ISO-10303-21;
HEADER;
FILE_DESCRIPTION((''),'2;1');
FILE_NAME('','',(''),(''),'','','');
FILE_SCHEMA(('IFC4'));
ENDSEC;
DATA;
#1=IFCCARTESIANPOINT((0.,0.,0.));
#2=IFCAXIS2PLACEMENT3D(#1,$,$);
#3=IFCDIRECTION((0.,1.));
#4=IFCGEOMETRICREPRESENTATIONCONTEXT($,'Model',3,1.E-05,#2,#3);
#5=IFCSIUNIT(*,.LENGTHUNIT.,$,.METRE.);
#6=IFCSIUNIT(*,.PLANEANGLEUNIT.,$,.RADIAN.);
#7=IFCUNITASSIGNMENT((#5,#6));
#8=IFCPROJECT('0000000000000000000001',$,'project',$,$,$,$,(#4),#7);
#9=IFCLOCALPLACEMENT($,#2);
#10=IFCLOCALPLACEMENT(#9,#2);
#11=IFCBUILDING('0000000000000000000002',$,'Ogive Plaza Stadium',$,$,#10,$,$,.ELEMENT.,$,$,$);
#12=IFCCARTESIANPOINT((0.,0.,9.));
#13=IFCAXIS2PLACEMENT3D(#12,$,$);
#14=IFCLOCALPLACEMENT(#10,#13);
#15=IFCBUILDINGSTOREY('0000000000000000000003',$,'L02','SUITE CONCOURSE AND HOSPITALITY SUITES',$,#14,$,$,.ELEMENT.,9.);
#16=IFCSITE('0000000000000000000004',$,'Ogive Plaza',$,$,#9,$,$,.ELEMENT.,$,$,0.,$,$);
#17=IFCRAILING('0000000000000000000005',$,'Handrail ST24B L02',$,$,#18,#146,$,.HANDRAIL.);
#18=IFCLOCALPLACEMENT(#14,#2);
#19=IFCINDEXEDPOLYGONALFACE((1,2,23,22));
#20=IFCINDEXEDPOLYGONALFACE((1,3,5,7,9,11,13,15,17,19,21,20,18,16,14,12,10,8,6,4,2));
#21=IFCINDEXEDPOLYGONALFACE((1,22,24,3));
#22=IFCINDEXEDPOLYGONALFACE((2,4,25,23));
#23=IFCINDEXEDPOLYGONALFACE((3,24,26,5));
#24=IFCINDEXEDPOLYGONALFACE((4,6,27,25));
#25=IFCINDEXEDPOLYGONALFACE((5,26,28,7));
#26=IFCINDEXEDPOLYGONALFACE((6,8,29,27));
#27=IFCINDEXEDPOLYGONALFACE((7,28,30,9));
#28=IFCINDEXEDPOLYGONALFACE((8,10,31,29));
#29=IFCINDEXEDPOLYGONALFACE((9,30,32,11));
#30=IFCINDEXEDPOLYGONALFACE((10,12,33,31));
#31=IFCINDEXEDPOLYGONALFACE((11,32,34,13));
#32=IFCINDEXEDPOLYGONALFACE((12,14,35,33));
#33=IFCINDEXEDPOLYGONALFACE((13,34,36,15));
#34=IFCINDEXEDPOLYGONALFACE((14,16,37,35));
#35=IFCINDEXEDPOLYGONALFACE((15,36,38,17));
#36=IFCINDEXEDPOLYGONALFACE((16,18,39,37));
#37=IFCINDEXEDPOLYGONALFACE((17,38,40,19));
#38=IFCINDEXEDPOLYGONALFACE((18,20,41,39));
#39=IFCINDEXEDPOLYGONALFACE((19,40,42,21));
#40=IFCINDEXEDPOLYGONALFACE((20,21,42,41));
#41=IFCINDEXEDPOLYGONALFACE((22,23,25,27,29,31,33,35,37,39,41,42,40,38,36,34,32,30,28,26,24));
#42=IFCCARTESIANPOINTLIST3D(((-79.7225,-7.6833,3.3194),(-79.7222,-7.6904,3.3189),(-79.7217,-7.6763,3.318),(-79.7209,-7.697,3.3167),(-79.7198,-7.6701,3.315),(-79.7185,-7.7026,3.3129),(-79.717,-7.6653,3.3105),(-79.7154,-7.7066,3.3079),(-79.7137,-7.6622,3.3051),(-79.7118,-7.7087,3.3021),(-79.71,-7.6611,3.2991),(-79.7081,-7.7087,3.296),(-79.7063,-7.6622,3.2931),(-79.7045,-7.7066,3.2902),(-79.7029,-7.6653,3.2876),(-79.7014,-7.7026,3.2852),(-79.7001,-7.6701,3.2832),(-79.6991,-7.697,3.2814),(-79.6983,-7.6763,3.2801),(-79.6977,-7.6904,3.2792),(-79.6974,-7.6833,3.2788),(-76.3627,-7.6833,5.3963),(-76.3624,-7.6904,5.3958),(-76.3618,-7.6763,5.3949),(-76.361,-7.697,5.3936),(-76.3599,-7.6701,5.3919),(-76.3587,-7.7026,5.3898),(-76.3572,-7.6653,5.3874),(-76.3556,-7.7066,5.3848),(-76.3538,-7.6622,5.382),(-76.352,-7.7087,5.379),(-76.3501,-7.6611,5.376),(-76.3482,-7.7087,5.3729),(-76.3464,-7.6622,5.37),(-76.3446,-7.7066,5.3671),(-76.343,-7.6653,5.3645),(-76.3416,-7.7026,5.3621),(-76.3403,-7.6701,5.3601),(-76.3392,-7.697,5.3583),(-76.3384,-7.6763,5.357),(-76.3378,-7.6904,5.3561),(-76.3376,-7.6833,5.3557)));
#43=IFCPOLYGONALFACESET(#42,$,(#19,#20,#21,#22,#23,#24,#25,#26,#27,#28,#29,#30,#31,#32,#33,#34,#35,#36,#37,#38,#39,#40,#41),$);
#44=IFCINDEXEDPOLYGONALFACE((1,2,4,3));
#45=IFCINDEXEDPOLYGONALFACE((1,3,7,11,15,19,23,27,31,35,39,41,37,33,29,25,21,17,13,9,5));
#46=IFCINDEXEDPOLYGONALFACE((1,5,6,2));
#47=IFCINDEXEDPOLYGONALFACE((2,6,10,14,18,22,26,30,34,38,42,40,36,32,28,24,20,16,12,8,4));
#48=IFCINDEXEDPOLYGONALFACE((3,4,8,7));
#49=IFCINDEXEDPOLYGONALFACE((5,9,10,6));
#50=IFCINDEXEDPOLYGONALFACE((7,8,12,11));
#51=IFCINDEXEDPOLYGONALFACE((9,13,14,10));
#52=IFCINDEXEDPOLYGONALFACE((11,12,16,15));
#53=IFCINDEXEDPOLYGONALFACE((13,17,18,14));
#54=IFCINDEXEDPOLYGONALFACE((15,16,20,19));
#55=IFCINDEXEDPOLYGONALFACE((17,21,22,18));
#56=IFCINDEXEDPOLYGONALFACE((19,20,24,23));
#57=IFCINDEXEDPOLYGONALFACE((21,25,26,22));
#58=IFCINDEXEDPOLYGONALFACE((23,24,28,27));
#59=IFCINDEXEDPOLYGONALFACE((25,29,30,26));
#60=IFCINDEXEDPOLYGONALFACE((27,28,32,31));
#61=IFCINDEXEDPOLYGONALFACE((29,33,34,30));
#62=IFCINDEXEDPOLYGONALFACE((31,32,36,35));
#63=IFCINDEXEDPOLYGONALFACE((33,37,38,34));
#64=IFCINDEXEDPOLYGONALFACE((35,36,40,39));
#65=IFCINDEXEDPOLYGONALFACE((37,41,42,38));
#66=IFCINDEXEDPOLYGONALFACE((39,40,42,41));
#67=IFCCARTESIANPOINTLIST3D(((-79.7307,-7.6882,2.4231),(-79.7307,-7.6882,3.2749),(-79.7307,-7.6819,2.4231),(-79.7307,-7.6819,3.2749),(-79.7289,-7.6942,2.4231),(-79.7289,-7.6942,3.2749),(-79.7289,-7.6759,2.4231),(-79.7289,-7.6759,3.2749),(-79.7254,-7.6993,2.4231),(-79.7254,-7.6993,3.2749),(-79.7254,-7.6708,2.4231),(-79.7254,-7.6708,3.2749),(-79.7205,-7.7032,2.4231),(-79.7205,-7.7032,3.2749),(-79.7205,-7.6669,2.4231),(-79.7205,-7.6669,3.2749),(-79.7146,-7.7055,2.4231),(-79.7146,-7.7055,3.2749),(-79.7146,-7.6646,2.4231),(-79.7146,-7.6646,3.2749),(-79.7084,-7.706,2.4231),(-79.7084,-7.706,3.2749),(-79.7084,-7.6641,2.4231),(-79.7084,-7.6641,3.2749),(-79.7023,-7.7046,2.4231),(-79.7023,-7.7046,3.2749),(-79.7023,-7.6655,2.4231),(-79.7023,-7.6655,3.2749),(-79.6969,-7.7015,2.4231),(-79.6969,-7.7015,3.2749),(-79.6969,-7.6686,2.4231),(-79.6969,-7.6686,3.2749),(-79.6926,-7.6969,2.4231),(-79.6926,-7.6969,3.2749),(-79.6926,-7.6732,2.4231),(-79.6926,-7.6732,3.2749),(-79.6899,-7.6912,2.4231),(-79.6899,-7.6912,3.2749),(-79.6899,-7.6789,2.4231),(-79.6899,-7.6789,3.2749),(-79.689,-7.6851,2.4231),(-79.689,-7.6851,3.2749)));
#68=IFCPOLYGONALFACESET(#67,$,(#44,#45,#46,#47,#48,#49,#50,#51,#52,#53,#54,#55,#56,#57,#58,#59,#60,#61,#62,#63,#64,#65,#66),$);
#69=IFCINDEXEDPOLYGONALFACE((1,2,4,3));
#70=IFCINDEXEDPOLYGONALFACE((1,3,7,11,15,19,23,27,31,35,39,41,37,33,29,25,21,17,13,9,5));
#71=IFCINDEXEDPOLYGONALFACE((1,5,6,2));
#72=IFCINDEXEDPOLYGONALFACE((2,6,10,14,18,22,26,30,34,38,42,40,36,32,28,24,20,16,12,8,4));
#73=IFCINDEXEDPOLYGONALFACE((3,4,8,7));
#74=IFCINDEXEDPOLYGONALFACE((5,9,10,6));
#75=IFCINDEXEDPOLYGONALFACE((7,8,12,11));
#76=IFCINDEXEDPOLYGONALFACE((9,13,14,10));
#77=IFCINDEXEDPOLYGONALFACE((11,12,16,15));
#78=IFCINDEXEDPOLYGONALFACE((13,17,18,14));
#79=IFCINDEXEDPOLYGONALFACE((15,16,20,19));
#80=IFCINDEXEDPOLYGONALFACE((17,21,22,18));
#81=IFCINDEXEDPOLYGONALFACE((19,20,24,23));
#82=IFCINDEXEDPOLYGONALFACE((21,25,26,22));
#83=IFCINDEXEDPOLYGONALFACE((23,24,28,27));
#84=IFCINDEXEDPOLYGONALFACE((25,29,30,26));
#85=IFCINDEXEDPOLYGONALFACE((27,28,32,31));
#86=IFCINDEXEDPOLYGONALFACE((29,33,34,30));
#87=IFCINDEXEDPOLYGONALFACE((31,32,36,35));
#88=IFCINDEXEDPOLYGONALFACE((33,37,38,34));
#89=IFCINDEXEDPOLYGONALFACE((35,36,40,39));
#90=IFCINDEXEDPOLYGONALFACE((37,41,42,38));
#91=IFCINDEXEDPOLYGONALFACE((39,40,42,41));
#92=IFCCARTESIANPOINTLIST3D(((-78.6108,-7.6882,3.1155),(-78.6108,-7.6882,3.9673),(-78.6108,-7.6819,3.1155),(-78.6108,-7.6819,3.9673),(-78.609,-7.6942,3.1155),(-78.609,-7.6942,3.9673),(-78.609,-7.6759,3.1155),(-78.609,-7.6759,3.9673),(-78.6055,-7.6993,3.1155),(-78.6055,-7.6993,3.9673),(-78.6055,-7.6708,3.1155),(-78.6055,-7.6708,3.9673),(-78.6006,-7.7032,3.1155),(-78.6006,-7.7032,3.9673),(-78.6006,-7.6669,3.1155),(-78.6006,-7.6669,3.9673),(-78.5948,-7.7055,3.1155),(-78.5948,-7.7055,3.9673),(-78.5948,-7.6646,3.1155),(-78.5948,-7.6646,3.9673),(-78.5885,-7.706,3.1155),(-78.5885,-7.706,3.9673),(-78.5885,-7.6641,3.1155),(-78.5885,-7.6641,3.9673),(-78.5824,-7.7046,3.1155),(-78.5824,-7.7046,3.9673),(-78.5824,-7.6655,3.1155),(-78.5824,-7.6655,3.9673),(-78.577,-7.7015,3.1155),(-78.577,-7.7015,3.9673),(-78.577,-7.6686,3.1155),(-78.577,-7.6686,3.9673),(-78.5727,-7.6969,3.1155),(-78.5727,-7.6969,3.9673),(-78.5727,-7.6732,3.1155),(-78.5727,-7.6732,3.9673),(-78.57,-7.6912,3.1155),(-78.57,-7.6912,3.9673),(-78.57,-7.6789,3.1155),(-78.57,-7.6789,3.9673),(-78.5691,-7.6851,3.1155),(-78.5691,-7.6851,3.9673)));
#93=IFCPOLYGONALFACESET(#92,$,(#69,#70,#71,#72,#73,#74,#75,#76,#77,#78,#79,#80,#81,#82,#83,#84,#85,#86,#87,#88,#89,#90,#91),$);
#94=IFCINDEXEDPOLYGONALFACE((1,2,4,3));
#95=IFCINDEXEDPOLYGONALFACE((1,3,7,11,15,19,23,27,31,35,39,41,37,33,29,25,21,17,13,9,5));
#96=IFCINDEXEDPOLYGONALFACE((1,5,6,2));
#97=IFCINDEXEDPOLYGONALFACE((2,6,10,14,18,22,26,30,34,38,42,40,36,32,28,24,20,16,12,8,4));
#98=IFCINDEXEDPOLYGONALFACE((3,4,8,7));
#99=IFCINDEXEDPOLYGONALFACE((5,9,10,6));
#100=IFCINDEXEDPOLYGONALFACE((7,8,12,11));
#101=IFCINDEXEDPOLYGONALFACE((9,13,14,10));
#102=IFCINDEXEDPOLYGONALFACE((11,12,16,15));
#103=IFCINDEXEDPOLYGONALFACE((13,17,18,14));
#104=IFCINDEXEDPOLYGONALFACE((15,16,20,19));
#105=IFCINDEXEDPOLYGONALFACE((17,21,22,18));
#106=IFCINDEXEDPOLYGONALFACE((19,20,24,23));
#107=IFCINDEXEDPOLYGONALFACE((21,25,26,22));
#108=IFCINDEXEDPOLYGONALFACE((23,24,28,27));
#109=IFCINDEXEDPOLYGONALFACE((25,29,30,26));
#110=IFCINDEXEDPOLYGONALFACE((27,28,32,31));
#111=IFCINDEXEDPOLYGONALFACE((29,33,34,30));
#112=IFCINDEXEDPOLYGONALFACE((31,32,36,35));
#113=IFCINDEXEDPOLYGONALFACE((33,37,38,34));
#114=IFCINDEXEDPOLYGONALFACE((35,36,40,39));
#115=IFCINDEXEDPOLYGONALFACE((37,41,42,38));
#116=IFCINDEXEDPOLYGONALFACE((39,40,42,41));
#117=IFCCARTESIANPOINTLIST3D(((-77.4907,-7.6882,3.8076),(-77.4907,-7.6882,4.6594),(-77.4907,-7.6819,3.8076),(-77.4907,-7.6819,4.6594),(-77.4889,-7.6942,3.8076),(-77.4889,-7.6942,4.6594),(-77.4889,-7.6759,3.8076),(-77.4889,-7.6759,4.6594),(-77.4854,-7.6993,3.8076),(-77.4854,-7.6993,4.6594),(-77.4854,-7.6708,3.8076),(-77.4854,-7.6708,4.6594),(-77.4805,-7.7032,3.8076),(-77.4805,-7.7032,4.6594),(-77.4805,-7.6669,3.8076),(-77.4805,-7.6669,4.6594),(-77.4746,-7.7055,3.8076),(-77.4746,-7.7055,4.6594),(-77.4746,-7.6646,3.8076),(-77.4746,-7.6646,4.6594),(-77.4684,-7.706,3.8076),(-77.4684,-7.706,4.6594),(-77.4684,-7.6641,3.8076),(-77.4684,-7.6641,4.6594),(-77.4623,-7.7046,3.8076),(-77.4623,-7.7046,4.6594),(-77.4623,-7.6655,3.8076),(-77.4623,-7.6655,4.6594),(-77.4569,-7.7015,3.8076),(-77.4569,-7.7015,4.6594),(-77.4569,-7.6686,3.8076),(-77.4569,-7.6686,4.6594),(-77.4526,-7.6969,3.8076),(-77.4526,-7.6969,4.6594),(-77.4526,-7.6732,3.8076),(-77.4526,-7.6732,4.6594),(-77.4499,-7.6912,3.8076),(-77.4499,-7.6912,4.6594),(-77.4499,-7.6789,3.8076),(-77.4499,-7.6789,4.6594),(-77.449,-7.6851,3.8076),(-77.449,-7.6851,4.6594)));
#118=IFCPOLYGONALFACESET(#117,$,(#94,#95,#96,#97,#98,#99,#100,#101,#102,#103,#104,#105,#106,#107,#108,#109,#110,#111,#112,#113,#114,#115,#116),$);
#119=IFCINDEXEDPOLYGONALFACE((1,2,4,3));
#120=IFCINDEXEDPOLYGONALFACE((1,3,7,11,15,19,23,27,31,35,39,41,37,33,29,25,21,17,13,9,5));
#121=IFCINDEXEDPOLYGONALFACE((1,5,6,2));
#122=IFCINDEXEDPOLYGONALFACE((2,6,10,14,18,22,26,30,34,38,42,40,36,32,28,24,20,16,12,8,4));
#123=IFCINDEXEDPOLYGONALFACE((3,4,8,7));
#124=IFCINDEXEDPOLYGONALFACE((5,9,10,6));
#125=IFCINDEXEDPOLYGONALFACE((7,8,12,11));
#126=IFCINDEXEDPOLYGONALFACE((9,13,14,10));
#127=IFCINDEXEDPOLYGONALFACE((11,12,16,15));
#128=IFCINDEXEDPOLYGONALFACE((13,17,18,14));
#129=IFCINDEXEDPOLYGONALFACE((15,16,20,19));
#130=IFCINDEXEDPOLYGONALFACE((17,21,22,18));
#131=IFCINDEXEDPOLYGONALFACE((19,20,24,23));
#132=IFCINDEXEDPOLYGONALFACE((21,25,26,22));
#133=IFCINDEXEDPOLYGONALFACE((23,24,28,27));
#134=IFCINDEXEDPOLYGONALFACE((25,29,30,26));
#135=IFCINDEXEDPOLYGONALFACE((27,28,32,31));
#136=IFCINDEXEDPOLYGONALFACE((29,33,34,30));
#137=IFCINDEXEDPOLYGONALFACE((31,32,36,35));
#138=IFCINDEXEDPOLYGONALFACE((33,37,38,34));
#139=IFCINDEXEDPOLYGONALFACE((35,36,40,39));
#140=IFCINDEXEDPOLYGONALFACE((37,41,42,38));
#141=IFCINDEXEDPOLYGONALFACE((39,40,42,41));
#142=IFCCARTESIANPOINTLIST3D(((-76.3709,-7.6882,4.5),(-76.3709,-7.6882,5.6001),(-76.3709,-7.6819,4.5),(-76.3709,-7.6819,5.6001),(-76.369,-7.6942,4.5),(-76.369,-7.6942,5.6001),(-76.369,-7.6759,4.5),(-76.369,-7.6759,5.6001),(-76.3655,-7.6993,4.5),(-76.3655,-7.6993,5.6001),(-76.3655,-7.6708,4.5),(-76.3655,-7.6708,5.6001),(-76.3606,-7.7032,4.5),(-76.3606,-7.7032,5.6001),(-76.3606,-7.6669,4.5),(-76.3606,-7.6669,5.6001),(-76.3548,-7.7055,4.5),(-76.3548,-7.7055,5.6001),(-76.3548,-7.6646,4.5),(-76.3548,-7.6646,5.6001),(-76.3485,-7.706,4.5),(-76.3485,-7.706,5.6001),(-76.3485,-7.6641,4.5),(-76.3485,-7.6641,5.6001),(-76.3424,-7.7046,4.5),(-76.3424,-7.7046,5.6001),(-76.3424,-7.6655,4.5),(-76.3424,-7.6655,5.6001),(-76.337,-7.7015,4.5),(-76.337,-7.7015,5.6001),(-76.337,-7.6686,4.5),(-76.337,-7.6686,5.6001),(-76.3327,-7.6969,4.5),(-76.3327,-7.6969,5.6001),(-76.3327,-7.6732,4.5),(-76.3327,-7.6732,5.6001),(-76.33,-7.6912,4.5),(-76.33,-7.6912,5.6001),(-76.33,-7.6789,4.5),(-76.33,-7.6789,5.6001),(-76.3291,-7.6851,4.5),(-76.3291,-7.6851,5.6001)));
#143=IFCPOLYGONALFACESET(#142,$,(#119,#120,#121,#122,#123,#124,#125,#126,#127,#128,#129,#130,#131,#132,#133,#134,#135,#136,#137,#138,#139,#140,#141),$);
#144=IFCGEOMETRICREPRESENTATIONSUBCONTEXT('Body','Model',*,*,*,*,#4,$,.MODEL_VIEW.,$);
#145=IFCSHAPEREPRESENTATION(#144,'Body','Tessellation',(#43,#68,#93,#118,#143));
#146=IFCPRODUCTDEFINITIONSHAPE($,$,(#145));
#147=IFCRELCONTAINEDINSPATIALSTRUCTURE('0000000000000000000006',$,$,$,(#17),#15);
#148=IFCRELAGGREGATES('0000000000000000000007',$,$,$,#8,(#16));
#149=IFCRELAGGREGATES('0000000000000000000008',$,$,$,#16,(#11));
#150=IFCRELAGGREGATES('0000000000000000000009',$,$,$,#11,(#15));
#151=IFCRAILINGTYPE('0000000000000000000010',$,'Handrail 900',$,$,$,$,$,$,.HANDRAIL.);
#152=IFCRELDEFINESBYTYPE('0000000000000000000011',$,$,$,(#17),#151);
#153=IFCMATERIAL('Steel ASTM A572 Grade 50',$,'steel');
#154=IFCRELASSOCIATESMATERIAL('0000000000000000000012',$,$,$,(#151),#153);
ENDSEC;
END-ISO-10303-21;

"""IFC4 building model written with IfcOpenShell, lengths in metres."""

from ifc_helpers import new_model, si_unit, direction, frame, origin, origin_2d, place, context, subcontext, project, spatial, circle, extrude, material, type_object, element, save


model = new_model("IFC4")

# Units and contexts
model_context = context("Model", 3, precision=1e-05, world=origin(), true_north=direction((0.0, 1.0)))
body_context = subcontext(model_context, "Body", "Model", "MODEL_VIEW")
ifc_project = project(units=[si_unit("LENGTHUNIT", "METRE"), si_unit("PLANEANGLEUNIT", "RADIAN")], contexts=[model_context])

# Site, building, storey
site_placement = place(None, origin())
site = spatial("IfcSite", under=ifc_project, at=site_placement, Name="Ogive Plaza", CompositionType="ELEMENT", RefElevation=0.0)
building_placement = place(site_placement, origin())
building = spatial("IfcBuilding", under=site, at=building_placement, Name="Ogive Plaza Stadium", CompositionType="ELEMENT")
storey_placement = place(building_placement, frame((0.0, 0.0, 9.0)))
storey = spatial("IfcBuildingStorey", under=building, at=storey_placement, Name="L02", Description="SUITE CONCOURSE AND HOSPITALITY SUITES", CompositionType="ELEMENT", Elevation=9.0)

# Railing
ifc_material_1 = material(Name="Steel ASTM A572 Grade 50", Category="steel")
railing_type_1 = type_object("IfcRailingType", Name="Handrail 900", PredefinedType="HANDRAIL", material=ifc_material_1)
for number, where, name in (
    (1, (-79.71, -7.6851, 2.4231), "Handrail ST24B L02"),
):
    element("IfcRailing", number, at=place(storey_placement, frame(where)), inside=storey, type_object=railing_type_1, Name=name, PredefinedType="HANDRAIL", context=body_context, shape_type="SweptSolid", body=[
        extrude(circle(Radius=0.0239, at=origin_2d()), frame((0.0, 0.0, 0.876), z_axis=(0.850606, 0.0, 0.525803), x_axis=(0.0, 1.0, 0.0)), (0.0, 0.0, 1.0), 3.95),
        extrude(circle(Radius=0.021, at=origin_2d()), origin(), (0.0, 0.0, 1.0), 0.8518),
        extrude(circle(Radius=0.021, at=origin_2d()), frame((1.1199, 0.0, 0.6924)), (0.0, 0.0, 1.0), 0.8518),
        extrude(circle(Radius=0.021, at=origin_2d()), frame((2.24, 0.0, 1.3845)), (0.0, 0.0, 1.0), 0.8518),
        extrude(circle(Radius=0.021, at=origin_2d()), frame((3.3599, 0.0, 2.0769)), (0.0, 0.0, 1.0), 1.1001),
    ])

save(model, "model.ifc")
